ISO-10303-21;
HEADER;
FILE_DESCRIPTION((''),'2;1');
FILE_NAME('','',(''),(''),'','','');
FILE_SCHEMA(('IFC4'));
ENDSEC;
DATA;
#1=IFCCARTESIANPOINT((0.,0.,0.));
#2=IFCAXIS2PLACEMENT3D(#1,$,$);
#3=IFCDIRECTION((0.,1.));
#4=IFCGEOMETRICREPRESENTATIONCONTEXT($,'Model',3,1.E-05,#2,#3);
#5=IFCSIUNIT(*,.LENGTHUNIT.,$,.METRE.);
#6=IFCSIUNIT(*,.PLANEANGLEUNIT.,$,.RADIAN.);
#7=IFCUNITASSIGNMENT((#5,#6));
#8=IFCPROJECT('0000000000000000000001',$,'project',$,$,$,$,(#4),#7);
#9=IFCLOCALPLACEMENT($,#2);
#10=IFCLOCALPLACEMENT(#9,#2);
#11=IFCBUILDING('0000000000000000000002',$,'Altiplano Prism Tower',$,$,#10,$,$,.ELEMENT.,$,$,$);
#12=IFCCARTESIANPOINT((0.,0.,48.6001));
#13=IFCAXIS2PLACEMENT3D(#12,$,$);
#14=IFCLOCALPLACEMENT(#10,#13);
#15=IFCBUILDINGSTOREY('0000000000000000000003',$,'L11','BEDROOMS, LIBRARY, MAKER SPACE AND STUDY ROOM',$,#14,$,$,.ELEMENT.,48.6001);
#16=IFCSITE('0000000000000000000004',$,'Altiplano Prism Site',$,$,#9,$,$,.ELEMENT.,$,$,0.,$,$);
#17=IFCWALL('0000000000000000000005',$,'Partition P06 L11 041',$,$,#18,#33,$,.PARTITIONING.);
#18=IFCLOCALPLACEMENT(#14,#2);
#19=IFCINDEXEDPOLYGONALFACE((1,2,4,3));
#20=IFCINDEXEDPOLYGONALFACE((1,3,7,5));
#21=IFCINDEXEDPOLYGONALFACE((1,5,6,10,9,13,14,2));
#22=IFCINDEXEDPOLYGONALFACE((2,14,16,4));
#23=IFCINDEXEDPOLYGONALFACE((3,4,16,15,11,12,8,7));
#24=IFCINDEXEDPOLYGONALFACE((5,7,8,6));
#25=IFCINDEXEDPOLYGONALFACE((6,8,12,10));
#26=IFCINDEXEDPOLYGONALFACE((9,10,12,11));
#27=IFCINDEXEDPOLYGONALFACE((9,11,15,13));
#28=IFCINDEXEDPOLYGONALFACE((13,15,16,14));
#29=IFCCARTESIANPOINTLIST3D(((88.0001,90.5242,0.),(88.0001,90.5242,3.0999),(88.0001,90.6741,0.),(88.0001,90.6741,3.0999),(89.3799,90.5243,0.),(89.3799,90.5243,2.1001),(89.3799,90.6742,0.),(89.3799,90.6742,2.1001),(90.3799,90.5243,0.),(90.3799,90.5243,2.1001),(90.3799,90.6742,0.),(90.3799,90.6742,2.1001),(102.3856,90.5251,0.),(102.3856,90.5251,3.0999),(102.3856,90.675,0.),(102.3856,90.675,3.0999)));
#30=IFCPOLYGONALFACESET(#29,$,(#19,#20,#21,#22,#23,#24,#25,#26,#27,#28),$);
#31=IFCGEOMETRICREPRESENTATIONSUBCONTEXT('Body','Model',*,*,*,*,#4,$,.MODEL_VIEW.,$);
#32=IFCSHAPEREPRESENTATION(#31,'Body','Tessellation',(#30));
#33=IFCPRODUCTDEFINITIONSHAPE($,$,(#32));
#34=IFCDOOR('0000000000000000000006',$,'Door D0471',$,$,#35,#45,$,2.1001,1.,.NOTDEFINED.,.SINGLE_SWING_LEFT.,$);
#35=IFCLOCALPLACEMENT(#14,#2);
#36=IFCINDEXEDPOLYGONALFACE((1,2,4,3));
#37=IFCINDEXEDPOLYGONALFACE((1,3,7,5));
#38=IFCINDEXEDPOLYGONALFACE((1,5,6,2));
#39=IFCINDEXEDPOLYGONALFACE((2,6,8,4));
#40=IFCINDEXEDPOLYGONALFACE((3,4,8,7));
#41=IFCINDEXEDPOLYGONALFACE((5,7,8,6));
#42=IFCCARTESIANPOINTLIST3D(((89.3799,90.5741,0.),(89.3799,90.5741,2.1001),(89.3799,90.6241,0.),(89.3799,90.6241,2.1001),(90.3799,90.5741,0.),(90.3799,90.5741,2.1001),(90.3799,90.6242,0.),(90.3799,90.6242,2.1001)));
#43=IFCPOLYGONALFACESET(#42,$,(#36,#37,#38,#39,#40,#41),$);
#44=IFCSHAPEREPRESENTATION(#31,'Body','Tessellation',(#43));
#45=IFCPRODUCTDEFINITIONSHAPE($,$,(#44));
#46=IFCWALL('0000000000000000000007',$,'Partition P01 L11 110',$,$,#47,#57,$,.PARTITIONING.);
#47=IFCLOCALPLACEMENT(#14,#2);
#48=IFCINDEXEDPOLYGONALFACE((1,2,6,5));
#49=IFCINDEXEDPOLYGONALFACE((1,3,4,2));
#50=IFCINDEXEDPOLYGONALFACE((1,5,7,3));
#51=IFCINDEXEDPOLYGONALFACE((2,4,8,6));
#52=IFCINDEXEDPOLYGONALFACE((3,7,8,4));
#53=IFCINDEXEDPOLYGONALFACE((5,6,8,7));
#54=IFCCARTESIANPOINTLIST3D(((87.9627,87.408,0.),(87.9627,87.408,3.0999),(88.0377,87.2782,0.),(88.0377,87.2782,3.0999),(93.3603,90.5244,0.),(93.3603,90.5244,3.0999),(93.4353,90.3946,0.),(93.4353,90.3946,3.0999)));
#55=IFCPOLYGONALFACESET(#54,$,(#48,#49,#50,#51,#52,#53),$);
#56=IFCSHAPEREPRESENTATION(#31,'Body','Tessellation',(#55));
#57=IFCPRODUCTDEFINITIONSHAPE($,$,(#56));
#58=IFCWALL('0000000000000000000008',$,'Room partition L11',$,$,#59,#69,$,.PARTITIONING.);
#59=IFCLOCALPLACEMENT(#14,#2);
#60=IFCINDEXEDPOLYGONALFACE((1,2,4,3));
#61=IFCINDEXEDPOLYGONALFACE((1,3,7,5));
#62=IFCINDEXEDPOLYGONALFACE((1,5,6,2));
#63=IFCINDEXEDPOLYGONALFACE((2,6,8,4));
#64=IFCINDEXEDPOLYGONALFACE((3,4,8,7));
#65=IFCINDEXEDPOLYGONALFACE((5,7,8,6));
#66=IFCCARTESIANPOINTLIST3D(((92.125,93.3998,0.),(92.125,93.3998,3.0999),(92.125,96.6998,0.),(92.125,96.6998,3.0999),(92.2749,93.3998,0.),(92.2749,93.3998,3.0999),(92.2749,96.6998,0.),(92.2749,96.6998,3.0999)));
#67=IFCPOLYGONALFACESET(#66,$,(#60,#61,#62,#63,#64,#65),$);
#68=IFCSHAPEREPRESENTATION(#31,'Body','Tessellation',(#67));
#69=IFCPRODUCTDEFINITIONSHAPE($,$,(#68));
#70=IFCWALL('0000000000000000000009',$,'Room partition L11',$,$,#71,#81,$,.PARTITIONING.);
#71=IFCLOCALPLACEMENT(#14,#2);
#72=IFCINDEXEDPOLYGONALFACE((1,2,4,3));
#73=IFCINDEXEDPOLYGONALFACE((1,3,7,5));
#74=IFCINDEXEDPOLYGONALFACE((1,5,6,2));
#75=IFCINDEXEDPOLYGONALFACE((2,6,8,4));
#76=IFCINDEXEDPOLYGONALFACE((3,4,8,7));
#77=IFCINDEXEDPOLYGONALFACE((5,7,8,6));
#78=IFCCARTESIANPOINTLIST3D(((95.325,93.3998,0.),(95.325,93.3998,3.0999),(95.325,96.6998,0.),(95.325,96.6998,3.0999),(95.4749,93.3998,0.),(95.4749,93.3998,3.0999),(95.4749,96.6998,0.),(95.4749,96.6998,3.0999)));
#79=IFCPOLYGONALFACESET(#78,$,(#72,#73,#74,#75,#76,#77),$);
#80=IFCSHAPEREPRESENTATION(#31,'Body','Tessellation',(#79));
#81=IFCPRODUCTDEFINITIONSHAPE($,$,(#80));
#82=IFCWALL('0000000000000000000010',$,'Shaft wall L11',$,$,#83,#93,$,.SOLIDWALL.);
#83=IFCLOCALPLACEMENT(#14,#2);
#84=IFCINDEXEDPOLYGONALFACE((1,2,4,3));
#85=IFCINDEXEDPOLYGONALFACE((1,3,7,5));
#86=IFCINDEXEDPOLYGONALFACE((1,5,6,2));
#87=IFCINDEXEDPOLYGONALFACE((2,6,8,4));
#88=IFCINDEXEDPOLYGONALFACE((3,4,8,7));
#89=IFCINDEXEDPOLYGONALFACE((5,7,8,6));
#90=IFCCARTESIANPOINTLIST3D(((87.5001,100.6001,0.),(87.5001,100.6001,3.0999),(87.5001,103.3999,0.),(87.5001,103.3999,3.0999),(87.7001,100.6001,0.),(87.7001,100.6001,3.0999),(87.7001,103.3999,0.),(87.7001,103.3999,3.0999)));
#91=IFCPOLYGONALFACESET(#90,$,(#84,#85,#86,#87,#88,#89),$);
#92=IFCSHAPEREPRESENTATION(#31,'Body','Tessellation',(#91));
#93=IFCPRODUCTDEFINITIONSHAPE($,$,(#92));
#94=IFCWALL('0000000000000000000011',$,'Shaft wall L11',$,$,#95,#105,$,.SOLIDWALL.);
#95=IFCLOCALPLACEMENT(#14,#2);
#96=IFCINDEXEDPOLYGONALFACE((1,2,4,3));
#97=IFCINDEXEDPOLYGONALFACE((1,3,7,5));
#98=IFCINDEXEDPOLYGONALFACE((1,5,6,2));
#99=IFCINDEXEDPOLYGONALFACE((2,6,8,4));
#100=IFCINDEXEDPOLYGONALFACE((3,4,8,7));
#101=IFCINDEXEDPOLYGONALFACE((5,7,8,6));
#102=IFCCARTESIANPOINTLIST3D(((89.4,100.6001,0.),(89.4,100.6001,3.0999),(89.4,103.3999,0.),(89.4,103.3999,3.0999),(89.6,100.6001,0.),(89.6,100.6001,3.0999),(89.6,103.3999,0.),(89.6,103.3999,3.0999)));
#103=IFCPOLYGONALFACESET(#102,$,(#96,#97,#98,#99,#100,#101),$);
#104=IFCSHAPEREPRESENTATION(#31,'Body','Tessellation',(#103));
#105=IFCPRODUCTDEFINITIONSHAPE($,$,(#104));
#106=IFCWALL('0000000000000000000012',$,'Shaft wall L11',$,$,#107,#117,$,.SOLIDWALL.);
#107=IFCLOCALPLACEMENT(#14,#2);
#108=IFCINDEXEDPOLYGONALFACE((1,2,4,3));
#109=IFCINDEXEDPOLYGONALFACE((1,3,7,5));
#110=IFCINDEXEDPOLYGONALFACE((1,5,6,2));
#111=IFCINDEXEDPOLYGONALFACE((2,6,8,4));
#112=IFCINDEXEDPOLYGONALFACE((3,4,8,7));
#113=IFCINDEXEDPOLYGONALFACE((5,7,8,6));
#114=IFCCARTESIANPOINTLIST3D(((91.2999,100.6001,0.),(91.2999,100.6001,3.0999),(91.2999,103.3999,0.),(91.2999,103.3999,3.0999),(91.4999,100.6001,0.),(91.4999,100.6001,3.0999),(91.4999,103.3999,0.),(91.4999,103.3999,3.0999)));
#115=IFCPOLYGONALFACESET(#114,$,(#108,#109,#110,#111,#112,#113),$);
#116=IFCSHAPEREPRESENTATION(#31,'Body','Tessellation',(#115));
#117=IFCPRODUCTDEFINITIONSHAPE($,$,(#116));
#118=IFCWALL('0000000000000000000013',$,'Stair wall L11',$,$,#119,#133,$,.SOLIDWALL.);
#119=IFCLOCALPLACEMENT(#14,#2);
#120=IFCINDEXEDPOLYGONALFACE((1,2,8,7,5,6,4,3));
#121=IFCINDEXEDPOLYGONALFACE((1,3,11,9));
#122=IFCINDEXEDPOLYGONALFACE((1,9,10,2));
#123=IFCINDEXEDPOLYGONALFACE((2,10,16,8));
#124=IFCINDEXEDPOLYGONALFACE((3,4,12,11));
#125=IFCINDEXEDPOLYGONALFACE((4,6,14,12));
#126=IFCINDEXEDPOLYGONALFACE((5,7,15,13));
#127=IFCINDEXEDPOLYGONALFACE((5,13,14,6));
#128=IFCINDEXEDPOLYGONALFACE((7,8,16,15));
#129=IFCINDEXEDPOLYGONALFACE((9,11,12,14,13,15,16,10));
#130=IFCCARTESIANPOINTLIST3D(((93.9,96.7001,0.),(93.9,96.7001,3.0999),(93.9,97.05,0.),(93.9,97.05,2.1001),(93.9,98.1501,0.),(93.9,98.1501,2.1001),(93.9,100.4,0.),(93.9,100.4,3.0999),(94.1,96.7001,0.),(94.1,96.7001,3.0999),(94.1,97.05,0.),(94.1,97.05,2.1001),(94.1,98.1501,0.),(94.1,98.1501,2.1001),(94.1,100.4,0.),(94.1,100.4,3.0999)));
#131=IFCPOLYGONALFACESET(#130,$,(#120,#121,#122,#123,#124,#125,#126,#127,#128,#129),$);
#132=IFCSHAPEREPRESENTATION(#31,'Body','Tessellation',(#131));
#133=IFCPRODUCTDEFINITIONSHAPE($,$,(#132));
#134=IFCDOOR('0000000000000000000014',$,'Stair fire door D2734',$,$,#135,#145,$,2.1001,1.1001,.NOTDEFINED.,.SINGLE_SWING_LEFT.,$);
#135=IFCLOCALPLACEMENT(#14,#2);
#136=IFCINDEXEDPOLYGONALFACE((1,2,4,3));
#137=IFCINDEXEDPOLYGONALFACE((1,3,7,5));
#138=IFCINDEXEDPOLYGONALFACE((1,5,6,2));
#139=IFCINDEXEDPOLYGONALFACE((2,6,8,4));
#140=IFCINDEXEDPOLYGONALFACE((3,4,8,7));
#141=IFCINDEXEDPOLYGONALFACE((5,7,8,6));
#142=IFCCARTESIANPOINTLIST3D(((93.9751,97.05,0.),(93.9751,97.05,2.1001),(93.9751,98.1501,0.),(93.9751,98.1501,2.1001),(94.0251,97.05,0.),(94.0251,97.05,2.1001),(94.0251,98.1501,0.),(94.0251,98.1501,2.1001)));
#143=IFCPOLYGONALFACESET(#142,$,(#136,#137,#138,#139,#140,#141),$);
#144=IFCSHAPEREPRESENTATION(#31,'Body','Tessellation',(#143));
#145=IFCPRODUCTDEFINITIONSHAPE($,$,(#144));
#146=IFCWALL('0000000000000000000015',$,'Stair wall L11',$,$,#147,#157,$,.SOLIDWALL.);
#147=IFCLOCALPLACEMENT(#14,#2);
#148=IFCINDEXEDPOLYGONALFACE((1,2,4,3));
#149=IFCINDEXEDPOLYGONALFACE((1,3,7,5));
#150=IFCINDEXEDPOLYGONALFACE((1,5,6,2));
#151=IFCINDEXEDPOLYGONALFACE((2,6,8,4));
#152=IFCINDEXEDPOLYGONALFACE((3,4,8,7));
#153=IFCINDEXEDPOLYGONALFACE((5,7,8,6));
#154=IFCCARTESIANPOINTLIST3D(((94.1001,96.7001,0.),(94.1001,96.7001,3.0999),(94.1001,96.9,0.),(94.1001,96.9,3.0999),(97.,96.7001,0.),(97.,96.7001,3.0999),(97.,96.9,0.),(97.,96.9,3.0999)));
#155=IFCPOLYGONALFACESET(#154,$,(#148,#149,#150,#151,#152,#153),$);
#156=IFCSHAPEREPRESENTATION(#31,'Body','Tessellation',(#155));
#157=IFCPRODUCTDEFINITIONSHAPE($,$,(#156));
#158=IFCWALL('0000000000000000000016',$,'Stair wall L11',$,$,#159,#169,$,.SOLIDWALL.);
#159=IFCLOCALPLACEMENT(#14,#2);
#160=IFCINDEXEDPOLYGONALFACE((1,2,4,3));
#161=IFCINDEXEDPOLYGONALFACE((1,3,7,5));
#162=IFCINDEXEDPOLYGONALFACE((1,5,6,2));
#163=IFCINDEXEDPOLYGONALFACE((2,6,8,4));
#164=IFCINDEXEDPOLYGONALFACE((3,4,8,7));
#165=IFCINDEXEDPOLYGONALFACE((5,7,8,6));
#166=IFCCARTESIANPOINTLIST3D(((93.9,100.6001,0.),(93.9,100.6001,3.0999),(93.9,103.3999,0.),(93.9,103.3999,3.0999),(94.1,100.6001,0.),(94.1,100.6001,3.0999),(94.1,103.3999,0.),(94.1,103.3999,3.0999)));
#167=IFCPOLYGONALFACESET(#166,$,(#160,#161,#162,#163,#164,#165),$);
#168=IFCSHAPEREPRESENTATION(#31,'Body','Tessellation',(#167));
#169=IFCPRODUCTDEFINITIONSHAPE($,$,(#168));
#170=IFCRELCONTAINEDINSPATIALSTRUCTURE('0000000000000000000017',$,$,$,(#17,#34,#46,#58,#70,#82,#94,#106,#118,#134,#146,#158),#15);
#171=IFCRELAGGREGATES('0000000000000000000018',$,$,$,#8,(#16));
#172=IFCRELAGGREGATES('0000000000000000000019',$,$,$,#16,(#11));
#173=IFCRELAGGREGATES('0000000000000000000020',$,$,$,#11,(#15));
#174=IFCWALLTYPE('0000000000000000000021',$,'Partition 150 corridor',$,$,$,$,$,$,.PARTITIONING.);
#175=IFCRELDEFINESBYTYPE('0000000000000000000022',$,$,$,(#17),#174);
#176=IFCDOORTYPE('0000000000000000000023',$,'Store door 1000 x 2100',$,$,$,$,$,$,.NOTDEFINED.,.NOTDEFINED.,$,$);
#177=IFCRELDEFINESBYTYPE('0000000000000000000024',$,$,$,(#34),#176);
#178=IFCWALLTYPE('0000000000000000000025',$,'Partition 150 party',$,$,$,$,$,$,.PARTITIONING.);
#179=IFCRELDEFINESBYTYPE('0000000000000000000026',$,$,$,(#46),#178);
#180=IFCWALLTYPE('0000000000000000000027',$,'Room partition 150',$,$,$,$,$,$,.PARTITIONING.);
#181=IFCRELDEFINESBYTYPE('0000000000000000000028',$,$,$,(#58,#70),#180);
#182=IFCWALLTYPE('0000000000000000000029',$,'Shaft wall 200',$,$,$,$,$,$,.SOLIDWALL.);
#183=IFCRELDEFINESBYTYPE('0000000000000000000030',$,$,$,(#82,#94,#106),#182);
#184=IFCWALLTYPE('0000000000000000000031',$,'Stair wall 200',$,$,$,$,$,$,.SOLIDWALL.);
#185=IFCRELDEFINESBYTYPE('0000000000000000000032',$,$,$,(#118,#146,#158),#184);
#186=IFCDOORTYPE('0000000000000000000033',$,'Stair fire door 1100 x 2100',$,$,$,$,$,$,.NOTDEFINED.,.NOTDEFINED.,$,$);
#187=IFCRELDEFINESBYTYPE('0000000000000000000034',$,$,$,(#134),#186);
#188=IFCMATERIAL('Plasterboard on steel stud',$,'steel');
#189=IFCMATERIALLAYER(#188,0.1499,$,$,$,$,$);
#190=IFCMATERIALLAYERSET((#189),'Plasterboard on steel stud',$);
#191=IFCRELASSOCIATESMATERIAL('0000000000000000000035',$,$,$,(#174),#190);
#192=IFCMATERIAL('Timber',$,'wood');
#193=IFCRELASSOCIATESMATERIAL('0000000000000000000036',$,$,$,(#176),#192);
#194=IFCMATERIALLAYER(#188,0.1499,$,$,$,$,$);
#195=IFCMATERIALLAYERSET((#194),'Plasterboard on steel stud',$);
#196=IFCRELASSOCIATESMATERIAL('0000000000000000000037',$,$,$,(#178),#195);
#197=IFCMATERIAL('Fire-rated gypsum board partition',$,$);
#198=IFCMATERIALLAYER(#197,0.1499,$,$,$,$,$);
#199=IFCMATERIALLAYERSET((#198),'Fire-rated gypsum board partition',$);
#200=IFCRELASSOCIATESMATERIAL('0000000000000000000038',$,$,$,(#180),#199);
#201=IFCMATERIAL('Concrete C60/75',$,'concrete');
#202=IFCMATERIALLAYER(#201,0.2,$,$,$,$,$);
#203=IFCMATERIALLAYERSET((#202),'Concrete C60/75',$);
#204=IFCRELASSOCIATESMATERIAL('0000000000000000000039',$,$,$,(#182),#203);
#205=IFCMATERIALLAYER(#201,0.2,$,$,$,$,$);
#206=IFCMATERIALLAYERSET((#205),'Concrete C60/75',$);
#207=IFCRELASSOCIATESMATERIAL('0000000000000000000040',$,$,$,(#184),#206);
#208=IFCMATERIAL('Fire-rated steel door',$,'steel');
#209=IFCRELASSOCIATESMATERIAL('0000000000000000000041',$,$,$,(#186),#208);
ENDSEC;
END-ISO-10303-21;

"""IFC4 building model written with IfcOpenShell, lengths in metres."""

from ifc_helpers import new_model, si_unit, direction, frame, frame_2d, origin, place, context, subcontext, project, spatial, rectangle, extrude, material, layer, layer_set, type_object, element, fill, save


model = new_model("IFC4")

# Units and contexts
model_context = context("Model", 3, precision=1e-05, world=origin(), true_north=direction((0.0, 1.0)))
body_context = subcontext(model_context, "Body", "Model", "MODEL_VIEW")
ifc_project = project(units=[si_unit("LENGTHUNIT", "METRE"), si_unit("PLANEANGLEUNIT", "RADIAN")], contexts=[model_context])

# Site, building, storey
site_placement = place(None, origin())
site = spatial("IfcSite", under=ifc_project, at=site_placement, Name="Altiplano Prism Site", CompositionType="ELEMENT", RefElevation=0.0)
building_placement = place(site_placement, origin())
building = spatial("IfcBuilding", under=site, at=building_placement, Name="Altiplano Prism Tower", CompositionType="ELEMENT")
storey_placement = place(building_placement, frame((0.0, 0.0, 48.6001)))
storey = spatial("IfcBuildingStorey", under=building, at=storey_placement, Name="L11", Description="BEDROOMS, LIBRARY, MAKER SPACE AND STUDY ROOM", CompositionType="ELEMENT", Elevation=48.6001)

# Wall, opening, door
ifc_material_1 = material(Name="Plasterboard on steel stud", Category="steel")
ifc_layer_1 = layer(ifc_material_1, 0.1499)
ifc_layer_set_1 = layer_set([ifc_layer_1], Name="Plasterboard on steel stud")
wall_type_1 = type_object("IfcWallType", Name="Partition 150 corridor", PredefinedType="PARTITIONING", material=ifc_layer_set_1)
wall_1_placement = place(storey_placement, frame((88.0, 90.5991, 0.0), z_axis=(0.0, 0.0, 1.0), x_axis=(1.0, 0.000068, 0.0)))
wall_1 = element("IfcWall", 1, at=wall_1_placement, inside=storey, type_object=wall_type_1, Name="Partition P06 L11 041", PredefinedType="PARTITIONING", context=body_context, shape_type="SweptSolid", body=[
    extrude(rectangle(XDim=14.3855, YDim=0.1499, at=frame_2d((7.1929, 0.0))), origin(), (0.0, 0.0, 1.0), 3.0999),
])
opening_1_placement = place(wall_1_placement, frame((1.3799, 0.0, 0.0)))
opening_1 = element("IfcOpeningElement", 2, at=opening_1_placement, cuts=wall_1, PredefinedType="OPENING", context=body_context, shape_type="SweptSolid", body=[
    extrude(rectangle(XDim=1.0, YDim=2.1001, at=frame_2d((0.5, 1.05))), frame((0.0, 0.0854, 0.0), z_axis=(0.0, -1.0, 0.0), x_axis=(1.0, 0.0, 0.0)), (0.0, 0.0, 1.0), 0.1709),
])
ifc_material_2 = material(Name="Timber", Category="wood")
door_type_1 = type_object("IfcDoorType", Name="Store door 1000 x 2100", OperationType="NOTDEFINED", PredefinedType="NOTDEFINED", material=ifc_material_2)
door_1_placement = place(opening_1_placement, origin())
door_1 = element("IfcDoor", 3, at=door_1_placement, inside=storey, type_object=door_type_1, Name="Door D0471", OperationType="SINGLE_SWING_LEFT", OverallHeight=2.1001, OverallWidth=1.0, PredefinedType="NOTDEFINED", context=body_context, shape_type="SweptSolid", body=[
    extrude(rectangle(XDim=1.0, YDim=2.1001, at=frame_2d((0.5, 1.05))), frame((0.0, 0.0249, 0.0), z_axis=(0.0, -1.0, 0.0), x_axis=(1.0, 0.0, 0.0)), (0.0, 0.0, 1.0), 0.05),
])
fill(opening_1, door_1)

# Walls
ifc_layer_2 = layer(ifc_material_1, 0.1499)
ifc_layer_set_2 = layer_set([ifc_layer_2], Name="Plasterboard on steel stud")
wall_type_2 = type_object("IfcWallType", Name="Partition 150 party", PredefinedType="PARTITIONING", material=ifc_layer_set_2)
wall_2_placement = place(storey_placement, frame((93.3977, 90.4595, 0.0), z_axis=(0.0, 0.0, 1.0), x_axis=(-0.866019, -0.500011, 0.0)))
element("IfcWall", 4, at=wall_2_placement, inside=storey, type_object=wall_type_2, Name="Partition P01 L11 110", PredefinedType="PARTITIONING", context=body_context, shape_type="SweptSolid", body=[
    extrude(rectangle(XDim=6.2327, YDim=0.1499, at=frame_2d((3.1162, 0.0))), origin(), (0.0, 0.0, 1.0), 3.0999),
])
ifc_material_3 = material(Name="Fire-rated gypsum board partition")
ifc_layer_3 = layer(ifc_material_3, 0.1499)
ifc_layer_set_3 = layer_set([ifc_layer_3], Name="Fire-rated gypsum board partition")
wall_type_3 = type_object("IfcWallType", Name="Room partition 150", PredefinedType="PARTITIONING", material=ifc_layer_set_3)
for number, where, z_axis, x_axis, name in (
    (5, (92.2, 93.3999, 0.0), (0.0, 0.0, 1.0), (0.0, 1.0, 0.0), "Room partition L11"),
    (6, (95.3999, 93.3999, 0.0), (0.0, 0.0, 1.0), (0.0, 1.0, 0.0), "Room partition L11"),
):
    element("IfcWall", number, at=place(storey_placement, frame(where, z_axis=z_axis, x_axis=x_axis)), inside=storey, type_object=wall_type_3, Name=name, PredefinedType="PARTITIONING", context=body_context, shape_type="SweptSolid", body=[
        extrude(rectangle(XDim=3.3, YDim=0.1499, at=frame_2d((1.6499, 0.0))), origin(), (0.0, 0.0, 1.0), 3.0999),
    ])
ifc_material_4 = material(Name="Concrete C60/75", Category="concrete")
ifc_layer_4 = layer(ifc_material_4, 0.2)
ifc_layer_set_4 = layer_set([ifc_layer_4], Name="Concrete C60/75")
wall_type_4 = type_object("IfcWallType", Name="Shaft wall 200", PredefinedType="SOLIDWALL", material=ifc_layer_set_4)
for number, where, z_axis, x_axis, name in (
    (7, (87.6001, 100.6001, 0.0), (0.0, 0.0, 1.0), (0.0, 1.0, 0.0), "Shaft wall L11"),
    (8, (89.5, 100.6001, 0.0), (0.0, 0.0, 1.0), (0.0, 1.0, 0.0), "Shaft wall L11"),
    (9, (91.3999, 100.6001, 0.0), (0.0, 0.0, 1.0), (0.0, 1.0, 0.0), "Shaft wall L11"),
):
    element("IfcWall", number, at=place(storey_placement, frame(where, z_axis=z_axis, x_axis=x_axis)), inside=storey, type_object=wall_type_4, Name=name, PredefinedType="SOLIDWALL", context=body_context, shape_type="SweptSolid", body=[
        extrude(rectangle(XDim=2.7998, YDim=0.2, at=frame_2d((1.3999, 0.0))), origin(), (0.0, 0.0, 1.0), 3.0999),
    ])

# Wall, opening, door
ifc_layer_5 = layer(ifc_material_4, 0.2)
ifc_layer_set_5 = layer_set([ifc_layer_5], Name="Concrete C60/75")
wall_type_5 = type_object("IfcWallType", Name="Stair wall 200", PredefinedType="SOLIDWALL", material=ifc_layer_set_5)
wall_3_placement = place(storey_placement, frame((94.0, 96.7, 0.0), z_axis=(0.0, 0.0, 1.0), x_axis=(0.0, 1.0, 0.0)))
wall_3 = element("IfcWall", 10, at=wall_3_placement, inside=storey, type_object=wall_type_5, Name="Stair wall L11", PredefinedType="SOLIDWALL", context=body_context, shape_type="SweptSolid", body=[
    extrude(rectangle(XDim=3.7, YDim=0.2, at=frame_2d((1.8501, 0.0))), origin(), (0.0, 0.0, 1.0), 3.0999),
])
opening_2_placement = place(wall_3_placement, frame((0.3501, 0.0, 0.0)))
opening_2 = element("IfcOpeningElement", 11, at=opening_2_placement, cuts=wall_3, PredefinedType="OPENING", context=body_context, shape_type="SweptSolid", body=[
    extrude(rectangle(XDim=1.1001, YDim=2.1001, at=frame_2d((0.55, 1.05))), frame((0.0, 0.1104, 0.0), z_axis=(0.0, -1.0, 0.0), x_axis=(1.0, 0.0, 0.0)), (0.0, 0.0, 1.0), 0.2209),
])
ifc_material_5 = material(Name="Fire-rated steel door", Category="steel")
door_type_2 = type_object("IfcDoorType", Name="Stair fire door 1100 x 2100", OperationType="NOTDEFINED", PredefinedType="NOTDEFINED", material=ifc_material_5)
door_2_placement = place(opening_2_placement, origin())
door_2 = element("IfcDoor", 12, at=door_2_placement, inside=storey, type_object=door_type_2, Name="Stair fire door D2734", OperationType="SINGLE_SWING_LEFT", OverallHeight=2.1001, OverallWidth=1.1001, PredefinedType="NOTDEFINED", context=body_context, shape_type="SweptSolid", body=[
    extrude(rectangle(XDim=1.1001, YDim=2.1001, at=frame_2d((0.55, 1.05))), frame((0.0, 0.0249, 0.0), z_axis=(0.0, -1.0, 0.0), x_axis=(1.0, 0.0, 0.0)), (0.0, 0.0, 1.0), 0.05),
])
fill(opening_2, door_2)

# Walls
wall_4_placement = place(storey_placement, frame((94.1001, 96.8, 0.0), z_axis=(0.0, 0.0, 1.0), x_axis=(1.0, 0.0, 0.0)))
element("IfcWall", 13, at=wall_4_placement, inside=storey, type_object=wall_type_5, Name="Stair wall L11", PredefinedType="SOLIDWALL", context=body_context, shape_type="SweptSolid", body=[
    extrude(rectangle(XDim=2.8999, YDim=0.2, at=frame_2d((1.45, 0.0))), origin(), (0.0, 0.0, 1.0), 3.0999),
])
wall_5_placement = place(storey_placement, frame((94.0, 100.6001, 0.0), z_axis=(0.0, 0.0, 1.0), x_axis=(0.0, 1.0, 0.0)))
element("IfcWall", 14, at=wall_5_placement, inside=storey, type_object=wall_type_5, Name="Stair wall L11", PredefinedType="SOLIDWALL", context=body_context, shape_type="SweptSolid", body=[
    extrude(rectangle(XDim=2.7998, YDim=0.2, at=frame_2d((1.3999, 0.0))), origin(), (0.0, 0.0, 1.0), 3.0999),
])

save(model, "model.ifc")
